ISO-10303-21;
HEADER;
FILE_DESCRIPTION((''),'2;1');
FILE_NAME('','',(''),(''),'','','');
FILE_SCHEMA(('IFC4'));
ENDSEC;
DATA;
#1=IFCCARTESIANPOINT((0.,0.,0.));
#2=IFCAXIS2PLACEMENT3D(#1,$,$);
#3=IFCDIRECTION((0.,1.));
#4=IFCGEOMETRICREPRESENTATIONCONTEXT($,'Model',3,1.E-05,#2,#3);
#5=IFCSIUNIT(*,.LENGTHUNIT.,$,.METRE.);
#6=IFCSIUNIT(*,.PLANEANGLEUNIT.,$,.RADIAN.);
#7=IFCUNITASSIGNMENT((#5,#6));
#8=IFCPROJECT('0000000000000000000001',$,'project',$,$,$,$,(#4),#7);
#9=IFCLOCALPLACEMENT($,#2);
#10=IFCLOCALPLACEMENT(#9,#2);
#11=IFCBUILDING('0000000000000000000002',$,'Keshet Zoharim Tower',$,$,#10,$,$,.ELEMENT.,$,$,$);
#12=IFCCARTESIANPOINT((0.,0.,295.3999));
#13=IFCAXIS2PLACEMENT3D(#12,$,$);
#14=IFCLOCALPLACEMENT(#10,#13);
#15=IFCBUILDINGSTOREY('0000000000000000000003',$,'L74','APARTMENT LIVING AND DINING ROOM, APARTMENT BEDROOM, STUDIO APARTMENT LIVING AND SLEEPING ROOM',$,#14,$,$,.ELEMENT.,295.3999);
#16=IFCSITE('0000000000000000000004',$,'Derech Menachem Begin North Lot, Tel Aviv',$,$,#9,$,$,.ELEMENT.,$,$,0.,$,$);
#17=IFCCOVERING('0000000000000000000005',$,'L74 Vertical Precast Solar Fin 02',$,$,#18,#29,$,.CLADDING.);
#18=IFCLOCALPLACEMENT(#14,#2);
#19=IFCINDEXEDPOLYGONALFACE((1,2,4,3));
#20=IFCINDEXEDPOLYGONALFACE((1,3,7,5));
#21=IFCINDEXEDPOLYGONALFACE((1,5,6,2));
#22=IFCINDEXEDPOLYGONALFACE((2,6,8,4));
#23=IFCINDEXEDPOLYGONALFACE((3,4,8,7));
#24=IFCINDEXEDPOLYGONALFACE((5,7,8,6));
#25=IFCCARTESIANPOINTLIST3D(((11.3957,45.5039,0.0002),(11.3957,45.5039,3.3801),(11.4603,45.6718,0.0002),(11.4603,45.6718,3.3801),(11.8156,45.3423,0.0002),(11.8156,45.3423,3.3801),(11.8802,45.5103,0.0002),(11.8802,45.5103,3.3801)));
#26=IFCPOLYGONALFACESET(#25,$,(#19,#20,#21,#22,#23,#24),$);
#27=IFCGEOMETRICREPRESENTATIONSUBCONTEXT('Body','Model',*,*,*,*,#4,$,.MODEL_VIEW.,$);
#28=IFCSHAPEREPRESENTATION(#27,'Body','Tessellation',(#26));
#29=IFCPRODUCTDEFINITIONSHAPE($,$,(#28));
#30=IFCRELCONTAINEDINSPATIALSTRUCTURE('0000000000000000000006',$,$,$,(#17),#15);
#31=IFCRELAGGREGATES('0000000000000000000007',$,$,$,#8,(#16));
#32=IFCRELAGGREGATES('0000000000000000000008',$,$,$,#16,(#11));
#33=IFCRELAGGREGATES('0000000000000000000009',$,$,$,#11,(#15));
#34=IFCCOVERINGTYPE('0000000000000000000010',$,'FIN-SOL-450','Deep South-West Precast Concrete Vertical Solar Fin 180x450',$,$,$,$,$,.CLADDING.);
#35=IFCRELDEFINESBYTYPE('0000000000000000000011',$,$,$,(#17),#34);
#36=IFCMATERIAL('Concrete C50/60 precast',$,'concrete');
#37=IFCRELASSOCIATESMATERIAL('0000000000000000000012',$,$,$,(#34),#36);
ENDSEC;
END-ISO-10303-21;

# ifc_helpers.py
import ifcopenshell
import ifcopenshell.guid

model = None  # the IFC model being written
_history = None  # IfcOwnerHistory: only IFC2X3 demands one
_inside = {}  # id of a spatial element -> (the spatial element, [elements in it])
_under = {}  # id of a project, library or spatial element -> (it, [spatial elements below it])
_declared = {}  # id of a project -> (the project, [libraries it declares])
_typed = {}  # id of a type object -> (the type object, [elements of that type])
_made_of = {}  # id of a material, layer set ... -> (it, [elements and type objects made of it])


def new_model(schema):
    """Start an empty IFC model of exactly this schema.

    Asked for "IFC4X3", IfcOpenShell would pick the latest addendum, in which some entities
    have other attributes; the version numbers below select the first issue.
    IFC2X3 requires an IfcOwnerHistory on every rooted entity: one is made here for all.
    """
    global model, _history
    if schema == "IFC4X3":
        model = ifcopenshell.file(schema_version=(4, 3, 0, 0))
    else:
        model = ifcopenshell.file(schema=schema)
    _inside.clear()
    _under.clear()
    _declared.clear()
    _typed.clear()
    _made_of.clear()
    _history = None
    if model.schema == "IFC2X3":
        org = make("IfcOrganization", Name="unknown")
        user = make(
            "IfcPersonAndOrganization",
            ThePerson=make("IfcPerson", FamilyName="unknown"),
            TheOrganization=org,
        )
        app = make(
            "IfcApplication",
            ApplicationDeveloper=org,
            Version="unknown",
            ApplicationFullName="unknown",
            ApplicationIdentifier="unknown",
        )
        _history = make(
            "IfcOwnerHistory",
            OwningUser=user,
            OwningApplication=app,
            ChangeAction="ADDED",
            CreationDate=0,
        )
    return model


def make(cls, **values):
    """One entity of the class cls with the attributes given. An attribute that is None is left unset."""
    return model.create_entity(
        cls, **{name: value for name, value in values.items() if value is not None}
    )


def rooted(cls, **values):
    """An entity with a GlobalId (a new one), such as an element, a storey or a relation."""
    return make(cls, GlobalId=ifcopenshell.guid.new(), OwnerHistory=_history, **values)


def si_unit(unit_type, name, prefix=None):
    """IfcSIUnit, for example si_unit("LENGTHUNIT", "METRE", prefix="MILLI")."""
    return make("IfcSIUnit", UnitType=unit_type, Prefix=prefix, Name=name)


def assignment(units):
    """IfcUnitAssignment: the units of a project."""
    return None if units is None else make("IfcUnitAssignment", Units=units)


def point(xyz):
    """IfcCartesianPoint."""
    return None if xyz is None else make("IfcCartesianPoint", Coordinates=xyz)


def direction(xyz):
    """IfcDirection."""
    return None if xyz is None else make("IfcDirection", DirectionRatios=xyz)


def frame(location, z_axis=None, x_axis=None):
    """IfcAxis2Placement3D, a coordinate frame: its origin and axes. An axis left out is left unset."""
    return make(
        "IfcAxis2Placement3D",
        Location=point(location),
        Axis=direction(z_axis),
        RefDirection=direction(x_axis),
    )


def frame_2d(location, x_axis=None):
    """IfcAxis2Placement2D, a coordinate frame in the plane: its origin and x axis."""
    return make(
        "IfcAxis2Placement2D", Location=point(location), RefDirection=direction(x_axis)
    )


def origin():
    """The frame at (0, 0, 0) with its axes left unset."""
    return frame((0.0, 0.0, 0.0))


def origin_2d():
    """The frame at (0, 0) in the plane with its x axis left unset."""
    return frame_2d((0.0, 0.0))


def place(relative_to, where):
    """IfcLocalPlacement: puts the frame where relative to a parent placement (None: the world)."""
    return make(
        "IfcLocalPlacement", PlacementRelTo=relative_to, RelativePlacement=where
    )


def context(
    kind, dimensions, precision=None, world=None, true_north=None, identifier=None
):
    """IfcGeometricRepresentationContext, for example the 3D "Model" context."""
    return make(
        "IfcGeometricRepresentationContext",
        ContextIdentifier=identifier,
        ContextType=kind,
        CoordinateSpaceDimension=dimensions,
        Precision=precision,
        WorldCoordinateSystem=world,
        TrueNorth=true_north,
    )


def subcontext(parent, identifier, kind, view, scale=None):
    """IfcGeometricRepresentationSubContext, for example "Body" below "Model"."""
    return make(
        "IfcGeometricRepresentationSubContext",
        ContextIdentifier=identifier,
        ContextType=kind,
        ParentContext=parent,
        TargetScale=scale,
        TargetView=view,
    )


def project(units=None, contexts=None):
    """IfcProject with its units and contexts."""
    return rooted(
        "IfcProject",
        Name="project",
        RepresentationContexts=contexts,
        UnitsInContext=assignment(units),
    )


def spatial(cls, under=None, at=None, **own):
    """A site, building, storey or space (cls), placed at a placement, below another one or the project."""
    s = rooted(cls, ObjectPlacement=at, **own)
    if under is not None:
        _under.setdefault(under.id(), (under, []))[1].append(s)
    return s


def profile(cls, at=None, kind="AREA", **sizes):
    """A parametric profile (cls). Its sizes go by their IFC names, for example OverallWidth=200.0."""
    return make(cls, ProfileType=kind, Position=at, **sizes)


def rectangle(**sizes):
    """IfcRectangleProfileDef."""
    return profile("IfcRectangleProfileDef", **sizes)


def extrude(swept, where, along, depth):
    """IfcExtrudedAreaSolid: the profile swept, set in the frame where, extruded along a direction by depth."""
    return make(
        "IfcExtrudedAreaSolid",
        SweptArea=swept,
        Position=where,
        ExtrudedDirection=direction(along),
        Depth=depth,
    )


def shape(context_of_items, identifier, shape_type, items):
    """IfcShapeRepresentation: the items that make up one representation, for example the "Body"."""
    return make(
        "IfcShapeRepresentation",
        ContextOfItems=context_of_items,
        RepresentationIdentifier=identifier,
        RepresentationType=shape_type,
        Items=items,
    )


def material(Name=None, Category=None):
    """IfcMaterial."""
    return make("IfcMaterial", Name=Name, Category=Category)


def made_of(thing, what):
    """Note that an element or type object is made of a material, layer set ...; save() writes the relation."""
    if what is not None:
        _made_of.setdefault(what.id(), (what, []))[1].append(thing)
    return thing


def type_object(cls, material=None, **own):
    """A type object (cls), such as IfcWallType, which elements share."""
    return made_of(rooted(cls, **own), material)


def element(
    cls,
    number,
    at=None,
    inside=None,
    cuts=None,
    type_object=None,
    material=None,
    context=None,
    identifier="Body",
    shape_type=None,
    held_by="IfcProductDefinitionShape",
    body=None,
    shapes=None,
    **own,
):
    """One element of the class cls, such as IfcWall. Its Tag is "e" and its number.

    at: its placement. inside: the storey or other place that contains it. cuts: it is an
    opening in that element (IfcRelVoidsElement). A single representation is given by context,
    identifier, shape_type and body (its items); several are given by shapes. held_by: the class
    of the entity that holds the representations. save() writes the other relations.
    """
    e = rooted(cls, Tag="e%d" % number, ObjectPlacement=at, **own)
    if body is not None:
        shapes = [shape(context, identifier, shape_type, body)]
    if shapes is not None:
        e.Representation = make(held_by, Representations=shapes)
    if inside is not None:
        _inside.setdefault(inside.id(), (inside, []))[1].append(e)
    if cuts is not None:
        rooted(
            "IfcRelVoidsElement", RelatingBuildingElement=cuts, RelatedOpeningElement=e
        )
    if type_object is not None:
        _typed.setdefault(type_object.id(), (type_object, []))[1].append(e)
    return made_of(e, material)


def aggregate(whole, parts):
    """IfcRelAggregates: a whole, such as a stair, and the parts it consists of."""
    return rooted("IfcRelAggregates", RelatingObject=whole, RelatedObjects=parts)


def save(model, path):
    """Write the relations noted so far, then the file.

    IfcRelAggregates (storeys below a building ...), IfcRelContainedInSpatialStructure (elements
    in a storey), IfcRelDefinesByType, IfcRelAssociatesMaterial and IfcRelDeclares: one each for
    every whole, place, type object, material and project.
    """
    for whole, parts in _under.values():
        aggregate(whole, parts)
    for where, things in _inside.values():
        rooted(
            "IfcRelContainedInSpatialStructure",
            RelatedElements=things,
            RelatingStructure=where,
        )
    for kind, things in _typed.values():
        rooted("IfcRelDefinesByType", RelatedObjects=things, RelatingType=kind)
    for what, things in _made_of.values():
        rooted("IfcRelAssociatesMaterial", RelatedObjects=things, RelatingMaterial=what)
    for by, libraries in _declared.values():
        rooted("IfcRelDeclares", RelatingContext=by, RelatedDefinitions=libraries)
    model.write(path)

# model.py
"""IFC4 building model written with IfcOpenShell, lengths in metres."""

from ifc_helpers import new_model, si_unit, direction, frame, origin, origin_2d, place, context, subcontext, project, spatial, rectangle, extrude, material, type_object, element, save


model = new_model("IFC4")

# Units and contexts
model_context = context("Model", 3, precision=1e-05, world=origin(), true_north=direction((0.0, 1.0)))
body_context = subcontext(model_context, "Body", "Model", "MODEL_VIEW")
ifc_project = project(units=[si_unit("LENGTHUNIT", "METRE"), si_unit("PLANEANGLEUNIT", "RADIAN")], contexts=[model_context])

# Site, building, storey
site_placement = place(None, origin())
site = spatial("IfcSite", under=ifc_project, at=site_placement, Name="Derech Menachem Begin North Lot, Tel Aviv", CompositionType="ELEMENT", RefElevation=0.0)
building_placement = place(site_placement, origin())
building = spatial("IfcBuilding", under=site, at=building_placement, Name="Keshet Zoharim Tower", CompositionType="ELEMENT")
storey_placement = place(building_placement, frame((0.0, 0.0, 295.3999)))
storey = spatial("IfcBuildingStorey", under=building, at=storey_placement, Name="L74", Description="APARTMENT LIVING AND DINING ROOM, APARTMENT BEDROOM, STUDIO APARTMENT LIVING AND SLEEPING ROOM", CompositionType="ELEMENT", Elevation=295.3999)

# Covering
ifc_material_1 = material(Name="Concrete C50/60 precast", Category="concrete")
covering_type = type_object("IfcCoveringType", Name="FIN-SOL-450", Description="Deep South-West Precast Concrete Vertical Solar Fin 180x450", PredefinedType="CLADDING", material=ifc_material_1)
covering_placement = place(storey_placement, frame((11.6379, 45.5071, 0.0002), z_axis=(0.0, 0.0, 1.0), x_axis=(0.35899, 0.933341, 0.0)))
element("IfcCovering", 1, at=covering_placement, inside=storey, type_object=covering_type, Name="L74 Vertical Precast Solar Fin 02", PredefinedType="CLADDING", context=body_context, shape_type="SweptSolid", body=[
    extrude(rectangle(XDim=0.1799, YDim=0.45, at=origin_2d()), origin(), (0.0, 0.0, 1.0), 3.3799),
])

save(model, "model.ifc")
